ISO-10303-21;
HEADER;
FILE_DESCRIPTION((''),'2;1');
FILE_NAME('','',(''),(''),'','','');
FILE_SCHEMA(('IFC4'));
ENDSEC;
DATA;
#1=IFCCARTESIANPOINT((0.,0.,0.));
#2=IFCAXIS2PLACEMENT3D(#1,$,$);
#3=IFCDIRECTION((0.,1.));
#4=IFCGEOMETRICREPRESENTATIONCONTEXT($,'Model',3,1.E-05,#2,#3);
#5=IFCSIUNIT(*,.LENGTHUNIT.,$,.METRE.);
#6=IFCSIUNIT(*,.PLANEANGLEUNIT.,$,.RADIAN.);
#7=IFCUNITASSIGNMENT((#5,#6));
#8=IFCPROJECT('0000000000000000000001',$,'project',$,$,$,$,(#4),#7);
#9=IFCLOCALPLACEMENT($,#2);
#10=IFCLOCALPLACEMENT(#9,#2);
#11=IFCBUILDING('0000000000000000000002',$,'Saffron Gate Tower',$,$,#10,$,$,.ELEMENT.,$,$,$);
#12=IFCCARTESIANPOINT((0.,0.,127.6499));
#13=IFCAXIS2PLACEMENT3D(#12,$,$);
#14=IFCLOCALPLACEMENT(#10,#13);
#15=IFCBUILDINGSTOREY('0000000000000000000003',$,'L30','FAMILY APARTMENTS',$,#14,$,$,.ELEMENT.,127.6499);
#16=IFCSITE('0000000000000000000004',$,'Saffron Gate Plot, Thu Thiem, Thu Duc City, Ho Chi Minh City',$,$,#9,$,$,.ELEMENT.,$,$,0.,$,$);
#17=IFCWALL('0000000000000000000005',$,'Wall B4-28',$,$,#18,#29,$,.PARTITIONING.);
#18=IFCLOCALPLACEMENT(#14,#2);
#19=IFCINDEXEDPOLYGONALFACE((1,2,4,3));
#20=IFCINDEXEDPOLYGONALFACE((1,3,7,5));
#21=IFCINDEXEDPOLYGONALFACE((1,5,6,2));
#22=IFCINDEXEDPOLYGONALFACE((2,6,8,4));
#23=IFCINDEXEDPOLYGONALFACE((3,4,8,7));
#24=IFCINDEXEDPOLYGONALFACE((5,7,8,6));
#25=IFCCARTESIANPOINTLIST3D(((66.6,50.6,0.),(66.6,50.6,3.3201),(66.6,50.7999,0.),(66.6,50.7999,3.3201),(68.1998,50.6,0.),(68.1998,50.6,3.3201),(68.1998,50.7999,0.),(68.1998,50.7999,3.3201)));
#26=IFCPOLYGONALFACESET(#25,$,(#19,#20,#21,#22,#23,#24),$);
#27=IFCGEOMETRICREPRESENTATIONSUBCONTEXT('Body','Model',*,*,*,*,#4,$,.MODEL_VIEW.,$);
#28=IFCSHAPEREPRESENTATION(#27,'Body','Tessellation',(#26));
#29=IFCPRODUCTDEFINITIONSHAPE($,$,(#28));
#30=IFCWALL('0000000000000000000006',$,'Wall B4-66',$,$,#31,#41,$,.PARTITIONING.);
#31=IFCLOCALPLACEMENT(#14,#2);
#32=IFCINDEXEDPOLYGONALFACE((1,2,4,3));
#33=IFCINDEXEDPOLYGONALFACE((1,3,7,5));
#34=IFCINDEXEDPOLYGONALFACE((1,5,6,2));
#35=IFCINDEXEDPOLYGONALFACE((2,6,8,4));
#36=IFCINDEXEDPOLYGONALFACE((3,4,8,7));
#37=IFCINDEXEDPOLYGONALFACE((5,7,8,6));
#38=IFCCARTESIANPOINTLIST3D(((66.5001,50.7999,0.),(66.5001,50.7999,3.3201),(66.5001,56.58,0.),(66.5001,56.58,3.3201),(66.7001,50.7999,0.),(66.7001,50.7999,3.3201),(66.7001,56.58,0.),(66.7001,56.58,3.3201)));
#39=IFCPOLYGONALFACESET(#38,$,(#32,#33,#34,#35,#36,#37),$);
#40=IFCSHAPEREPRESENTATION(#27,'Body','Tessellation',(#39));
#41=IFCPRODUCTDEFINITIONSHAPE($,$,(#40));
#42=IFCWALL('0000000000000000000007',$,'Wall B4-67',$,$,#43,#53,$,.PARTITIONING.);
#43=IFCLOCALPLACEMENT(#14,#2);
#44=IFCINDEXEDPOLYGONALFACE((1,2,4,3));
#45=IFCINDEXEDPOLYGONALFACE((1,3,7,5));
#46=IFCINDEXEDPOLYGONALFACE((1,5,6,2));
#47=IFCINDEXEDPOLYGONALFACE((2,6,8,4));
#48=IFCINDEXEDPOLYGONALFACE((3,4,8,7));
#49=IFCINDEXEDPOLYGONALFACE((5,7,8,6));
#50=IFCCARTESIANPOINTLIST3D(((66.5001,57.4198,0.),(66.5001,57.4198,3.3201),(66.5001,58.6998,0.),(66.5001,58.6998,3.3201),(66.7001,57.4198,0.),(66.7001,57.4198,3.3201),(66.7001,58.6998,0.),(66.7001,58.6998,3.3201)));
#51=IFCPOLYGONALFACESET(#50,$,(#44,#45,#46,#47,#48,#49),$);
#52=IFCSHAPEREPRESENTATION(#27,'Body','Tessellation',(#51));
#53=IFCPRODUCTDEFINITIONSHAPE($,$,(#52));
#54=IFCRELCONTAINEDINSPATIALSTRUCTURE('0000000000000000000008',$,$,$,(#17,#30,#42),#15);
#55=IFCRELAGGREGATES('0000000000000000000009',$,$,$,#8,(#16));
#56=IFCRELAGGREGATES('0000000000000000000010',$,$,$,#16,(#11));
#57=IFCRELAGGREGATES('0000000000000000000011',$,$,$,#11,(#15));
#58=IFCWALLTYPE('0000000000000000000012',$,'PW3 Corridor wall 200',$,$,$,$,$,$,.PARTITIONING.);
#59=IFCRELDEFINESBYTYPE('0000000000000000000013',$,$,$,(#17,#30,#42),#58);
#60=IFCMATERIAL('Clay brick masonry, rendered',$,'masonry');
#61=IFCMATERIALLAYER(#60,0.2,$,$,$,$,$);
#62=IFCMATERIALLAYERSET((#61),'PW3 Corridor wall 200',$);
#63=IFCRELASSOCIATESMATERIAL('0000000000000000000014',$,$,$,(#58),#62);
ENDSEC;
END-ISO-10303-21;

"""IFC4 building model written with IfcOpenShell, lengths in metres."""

from ifc_helpers import new_model, si_unit, direction, frame, frame_2d, origin, place, context, subcontext, project, spatial, rectangle, extrude, material, layer, layer_set, type_object, element, save


model = new_model("IFC4")

# Units and contexts
model_context = context("Model", 3, precision=1e-05, world=origin(), true_north=direction((0.0, 1.0)))
body_context = subcontext(model_context, "Body", "Model", "MODEL_VIEW")
ifc_project = project(units=[si_unit("LENGTHUNIT", "METRE"), si_unit("PLANEANGLEUNIT", "RADIAN")], contexts=[model_context])

# Site, building, storey
site_placement = place(None, origin())
site = spatial("IfcSite", under=ifc_project, at=site_placement, Name="Saffron Gate Plot, Thu Thiem, Thu Duc City, Ho Chi Minh City", CompositionType="ELEMENT", RefElevation=0.0)
building_placement = place(site_placement, origin())
building = spatial("IfcBuilding", under=site, at=building_placement, Name="Saffron Gate Tower", CompositionType="ELEMENT")
storey_placement = place(building_placement, frame((0.0, 0.0, 127.6499)))
storey = spatial("IfcBuildingStorey", under=building, at=storey_placement, Name="L30", Description="FAMILY APARTMENTS", CompositionType="ELEMENT", Elevation=127.6499)

# Walls
ifc_material_1 = material(Name="Clay brick masonry, rendered", Category="masonry")
ifc_layer_1 = layer(ifc_material_1, 0.2)
ifc_layer_set_1 = layer_set([ifc_layer_1], Name="PW3 Corridor wall 200")
wall_type_1 = type_object("IfcWallType", Name="PW3 Corridor wall 200", PredefinedType="PARTITIONING", material=ifc_layer_set_1)
wall_1_placement = place(storey_placement, frame((66.6001, 50.7, 0.0), z_axis=(0.0, 0.0, 1.0), x_axis=(1.0, 0.0, 0.0)))
element("IfcWall", 1, at=wall_1_placement, inside=storey, type_object=wall_type_1, Name="Wall B4-28", PredefinedType="PARTITIONING", context=body_context, shape_type="SweptSolid", body=[
    extrude(rectangle(XDim=1.5999, YDim=0.2, at=frame_2d((0.7998, 0.0))), origin(), (0.0, 0.0, 1.0), 3.3201),
])
wall_2_placement = place(storey_placement, frame((66.6001, 56.5801, 0.0), z_axis=(0.0, 0.0, 1.0), x_axis=(0.0, -1.0, 0.0)))
element("IfcWall", 2, at=wall_2_placement, inside=storey, type_object=wall_type_1, Name="Wall B4-66", PredefinedType="PARTITIONING", context=body_context, shape_type="SweptSolid", body=[
    extrude(rectangle(XDim=5.78, YDim=0.2, at=frame_2d((2.8901, 0.0))), origin(), (0.0, 0.0, 1.0), 3.3201),
])
wall_3_placement = place(storey_placement, frame((66.6001, 58.7, 0.0), z_axis=(0.0, 0.0, 1.0), x_axis=(0.0, -1.0, 0.0)))
element("IfcWall", 3, at=wall_3_placement, inside=storey, type_object=wall_type_1, Name="Wall B4-67", PredefinedType="PARTITIONING", context=body_context, shape_type="SweptSolid", body=[
    extrude(rectangle(XDim=1.28, YDim=0.2, at=frame_2d((0.6401, 0.0))), origin(), (0.0, 0.0, 1.0), 3.3201),
])

save(model, "model.ifc")
